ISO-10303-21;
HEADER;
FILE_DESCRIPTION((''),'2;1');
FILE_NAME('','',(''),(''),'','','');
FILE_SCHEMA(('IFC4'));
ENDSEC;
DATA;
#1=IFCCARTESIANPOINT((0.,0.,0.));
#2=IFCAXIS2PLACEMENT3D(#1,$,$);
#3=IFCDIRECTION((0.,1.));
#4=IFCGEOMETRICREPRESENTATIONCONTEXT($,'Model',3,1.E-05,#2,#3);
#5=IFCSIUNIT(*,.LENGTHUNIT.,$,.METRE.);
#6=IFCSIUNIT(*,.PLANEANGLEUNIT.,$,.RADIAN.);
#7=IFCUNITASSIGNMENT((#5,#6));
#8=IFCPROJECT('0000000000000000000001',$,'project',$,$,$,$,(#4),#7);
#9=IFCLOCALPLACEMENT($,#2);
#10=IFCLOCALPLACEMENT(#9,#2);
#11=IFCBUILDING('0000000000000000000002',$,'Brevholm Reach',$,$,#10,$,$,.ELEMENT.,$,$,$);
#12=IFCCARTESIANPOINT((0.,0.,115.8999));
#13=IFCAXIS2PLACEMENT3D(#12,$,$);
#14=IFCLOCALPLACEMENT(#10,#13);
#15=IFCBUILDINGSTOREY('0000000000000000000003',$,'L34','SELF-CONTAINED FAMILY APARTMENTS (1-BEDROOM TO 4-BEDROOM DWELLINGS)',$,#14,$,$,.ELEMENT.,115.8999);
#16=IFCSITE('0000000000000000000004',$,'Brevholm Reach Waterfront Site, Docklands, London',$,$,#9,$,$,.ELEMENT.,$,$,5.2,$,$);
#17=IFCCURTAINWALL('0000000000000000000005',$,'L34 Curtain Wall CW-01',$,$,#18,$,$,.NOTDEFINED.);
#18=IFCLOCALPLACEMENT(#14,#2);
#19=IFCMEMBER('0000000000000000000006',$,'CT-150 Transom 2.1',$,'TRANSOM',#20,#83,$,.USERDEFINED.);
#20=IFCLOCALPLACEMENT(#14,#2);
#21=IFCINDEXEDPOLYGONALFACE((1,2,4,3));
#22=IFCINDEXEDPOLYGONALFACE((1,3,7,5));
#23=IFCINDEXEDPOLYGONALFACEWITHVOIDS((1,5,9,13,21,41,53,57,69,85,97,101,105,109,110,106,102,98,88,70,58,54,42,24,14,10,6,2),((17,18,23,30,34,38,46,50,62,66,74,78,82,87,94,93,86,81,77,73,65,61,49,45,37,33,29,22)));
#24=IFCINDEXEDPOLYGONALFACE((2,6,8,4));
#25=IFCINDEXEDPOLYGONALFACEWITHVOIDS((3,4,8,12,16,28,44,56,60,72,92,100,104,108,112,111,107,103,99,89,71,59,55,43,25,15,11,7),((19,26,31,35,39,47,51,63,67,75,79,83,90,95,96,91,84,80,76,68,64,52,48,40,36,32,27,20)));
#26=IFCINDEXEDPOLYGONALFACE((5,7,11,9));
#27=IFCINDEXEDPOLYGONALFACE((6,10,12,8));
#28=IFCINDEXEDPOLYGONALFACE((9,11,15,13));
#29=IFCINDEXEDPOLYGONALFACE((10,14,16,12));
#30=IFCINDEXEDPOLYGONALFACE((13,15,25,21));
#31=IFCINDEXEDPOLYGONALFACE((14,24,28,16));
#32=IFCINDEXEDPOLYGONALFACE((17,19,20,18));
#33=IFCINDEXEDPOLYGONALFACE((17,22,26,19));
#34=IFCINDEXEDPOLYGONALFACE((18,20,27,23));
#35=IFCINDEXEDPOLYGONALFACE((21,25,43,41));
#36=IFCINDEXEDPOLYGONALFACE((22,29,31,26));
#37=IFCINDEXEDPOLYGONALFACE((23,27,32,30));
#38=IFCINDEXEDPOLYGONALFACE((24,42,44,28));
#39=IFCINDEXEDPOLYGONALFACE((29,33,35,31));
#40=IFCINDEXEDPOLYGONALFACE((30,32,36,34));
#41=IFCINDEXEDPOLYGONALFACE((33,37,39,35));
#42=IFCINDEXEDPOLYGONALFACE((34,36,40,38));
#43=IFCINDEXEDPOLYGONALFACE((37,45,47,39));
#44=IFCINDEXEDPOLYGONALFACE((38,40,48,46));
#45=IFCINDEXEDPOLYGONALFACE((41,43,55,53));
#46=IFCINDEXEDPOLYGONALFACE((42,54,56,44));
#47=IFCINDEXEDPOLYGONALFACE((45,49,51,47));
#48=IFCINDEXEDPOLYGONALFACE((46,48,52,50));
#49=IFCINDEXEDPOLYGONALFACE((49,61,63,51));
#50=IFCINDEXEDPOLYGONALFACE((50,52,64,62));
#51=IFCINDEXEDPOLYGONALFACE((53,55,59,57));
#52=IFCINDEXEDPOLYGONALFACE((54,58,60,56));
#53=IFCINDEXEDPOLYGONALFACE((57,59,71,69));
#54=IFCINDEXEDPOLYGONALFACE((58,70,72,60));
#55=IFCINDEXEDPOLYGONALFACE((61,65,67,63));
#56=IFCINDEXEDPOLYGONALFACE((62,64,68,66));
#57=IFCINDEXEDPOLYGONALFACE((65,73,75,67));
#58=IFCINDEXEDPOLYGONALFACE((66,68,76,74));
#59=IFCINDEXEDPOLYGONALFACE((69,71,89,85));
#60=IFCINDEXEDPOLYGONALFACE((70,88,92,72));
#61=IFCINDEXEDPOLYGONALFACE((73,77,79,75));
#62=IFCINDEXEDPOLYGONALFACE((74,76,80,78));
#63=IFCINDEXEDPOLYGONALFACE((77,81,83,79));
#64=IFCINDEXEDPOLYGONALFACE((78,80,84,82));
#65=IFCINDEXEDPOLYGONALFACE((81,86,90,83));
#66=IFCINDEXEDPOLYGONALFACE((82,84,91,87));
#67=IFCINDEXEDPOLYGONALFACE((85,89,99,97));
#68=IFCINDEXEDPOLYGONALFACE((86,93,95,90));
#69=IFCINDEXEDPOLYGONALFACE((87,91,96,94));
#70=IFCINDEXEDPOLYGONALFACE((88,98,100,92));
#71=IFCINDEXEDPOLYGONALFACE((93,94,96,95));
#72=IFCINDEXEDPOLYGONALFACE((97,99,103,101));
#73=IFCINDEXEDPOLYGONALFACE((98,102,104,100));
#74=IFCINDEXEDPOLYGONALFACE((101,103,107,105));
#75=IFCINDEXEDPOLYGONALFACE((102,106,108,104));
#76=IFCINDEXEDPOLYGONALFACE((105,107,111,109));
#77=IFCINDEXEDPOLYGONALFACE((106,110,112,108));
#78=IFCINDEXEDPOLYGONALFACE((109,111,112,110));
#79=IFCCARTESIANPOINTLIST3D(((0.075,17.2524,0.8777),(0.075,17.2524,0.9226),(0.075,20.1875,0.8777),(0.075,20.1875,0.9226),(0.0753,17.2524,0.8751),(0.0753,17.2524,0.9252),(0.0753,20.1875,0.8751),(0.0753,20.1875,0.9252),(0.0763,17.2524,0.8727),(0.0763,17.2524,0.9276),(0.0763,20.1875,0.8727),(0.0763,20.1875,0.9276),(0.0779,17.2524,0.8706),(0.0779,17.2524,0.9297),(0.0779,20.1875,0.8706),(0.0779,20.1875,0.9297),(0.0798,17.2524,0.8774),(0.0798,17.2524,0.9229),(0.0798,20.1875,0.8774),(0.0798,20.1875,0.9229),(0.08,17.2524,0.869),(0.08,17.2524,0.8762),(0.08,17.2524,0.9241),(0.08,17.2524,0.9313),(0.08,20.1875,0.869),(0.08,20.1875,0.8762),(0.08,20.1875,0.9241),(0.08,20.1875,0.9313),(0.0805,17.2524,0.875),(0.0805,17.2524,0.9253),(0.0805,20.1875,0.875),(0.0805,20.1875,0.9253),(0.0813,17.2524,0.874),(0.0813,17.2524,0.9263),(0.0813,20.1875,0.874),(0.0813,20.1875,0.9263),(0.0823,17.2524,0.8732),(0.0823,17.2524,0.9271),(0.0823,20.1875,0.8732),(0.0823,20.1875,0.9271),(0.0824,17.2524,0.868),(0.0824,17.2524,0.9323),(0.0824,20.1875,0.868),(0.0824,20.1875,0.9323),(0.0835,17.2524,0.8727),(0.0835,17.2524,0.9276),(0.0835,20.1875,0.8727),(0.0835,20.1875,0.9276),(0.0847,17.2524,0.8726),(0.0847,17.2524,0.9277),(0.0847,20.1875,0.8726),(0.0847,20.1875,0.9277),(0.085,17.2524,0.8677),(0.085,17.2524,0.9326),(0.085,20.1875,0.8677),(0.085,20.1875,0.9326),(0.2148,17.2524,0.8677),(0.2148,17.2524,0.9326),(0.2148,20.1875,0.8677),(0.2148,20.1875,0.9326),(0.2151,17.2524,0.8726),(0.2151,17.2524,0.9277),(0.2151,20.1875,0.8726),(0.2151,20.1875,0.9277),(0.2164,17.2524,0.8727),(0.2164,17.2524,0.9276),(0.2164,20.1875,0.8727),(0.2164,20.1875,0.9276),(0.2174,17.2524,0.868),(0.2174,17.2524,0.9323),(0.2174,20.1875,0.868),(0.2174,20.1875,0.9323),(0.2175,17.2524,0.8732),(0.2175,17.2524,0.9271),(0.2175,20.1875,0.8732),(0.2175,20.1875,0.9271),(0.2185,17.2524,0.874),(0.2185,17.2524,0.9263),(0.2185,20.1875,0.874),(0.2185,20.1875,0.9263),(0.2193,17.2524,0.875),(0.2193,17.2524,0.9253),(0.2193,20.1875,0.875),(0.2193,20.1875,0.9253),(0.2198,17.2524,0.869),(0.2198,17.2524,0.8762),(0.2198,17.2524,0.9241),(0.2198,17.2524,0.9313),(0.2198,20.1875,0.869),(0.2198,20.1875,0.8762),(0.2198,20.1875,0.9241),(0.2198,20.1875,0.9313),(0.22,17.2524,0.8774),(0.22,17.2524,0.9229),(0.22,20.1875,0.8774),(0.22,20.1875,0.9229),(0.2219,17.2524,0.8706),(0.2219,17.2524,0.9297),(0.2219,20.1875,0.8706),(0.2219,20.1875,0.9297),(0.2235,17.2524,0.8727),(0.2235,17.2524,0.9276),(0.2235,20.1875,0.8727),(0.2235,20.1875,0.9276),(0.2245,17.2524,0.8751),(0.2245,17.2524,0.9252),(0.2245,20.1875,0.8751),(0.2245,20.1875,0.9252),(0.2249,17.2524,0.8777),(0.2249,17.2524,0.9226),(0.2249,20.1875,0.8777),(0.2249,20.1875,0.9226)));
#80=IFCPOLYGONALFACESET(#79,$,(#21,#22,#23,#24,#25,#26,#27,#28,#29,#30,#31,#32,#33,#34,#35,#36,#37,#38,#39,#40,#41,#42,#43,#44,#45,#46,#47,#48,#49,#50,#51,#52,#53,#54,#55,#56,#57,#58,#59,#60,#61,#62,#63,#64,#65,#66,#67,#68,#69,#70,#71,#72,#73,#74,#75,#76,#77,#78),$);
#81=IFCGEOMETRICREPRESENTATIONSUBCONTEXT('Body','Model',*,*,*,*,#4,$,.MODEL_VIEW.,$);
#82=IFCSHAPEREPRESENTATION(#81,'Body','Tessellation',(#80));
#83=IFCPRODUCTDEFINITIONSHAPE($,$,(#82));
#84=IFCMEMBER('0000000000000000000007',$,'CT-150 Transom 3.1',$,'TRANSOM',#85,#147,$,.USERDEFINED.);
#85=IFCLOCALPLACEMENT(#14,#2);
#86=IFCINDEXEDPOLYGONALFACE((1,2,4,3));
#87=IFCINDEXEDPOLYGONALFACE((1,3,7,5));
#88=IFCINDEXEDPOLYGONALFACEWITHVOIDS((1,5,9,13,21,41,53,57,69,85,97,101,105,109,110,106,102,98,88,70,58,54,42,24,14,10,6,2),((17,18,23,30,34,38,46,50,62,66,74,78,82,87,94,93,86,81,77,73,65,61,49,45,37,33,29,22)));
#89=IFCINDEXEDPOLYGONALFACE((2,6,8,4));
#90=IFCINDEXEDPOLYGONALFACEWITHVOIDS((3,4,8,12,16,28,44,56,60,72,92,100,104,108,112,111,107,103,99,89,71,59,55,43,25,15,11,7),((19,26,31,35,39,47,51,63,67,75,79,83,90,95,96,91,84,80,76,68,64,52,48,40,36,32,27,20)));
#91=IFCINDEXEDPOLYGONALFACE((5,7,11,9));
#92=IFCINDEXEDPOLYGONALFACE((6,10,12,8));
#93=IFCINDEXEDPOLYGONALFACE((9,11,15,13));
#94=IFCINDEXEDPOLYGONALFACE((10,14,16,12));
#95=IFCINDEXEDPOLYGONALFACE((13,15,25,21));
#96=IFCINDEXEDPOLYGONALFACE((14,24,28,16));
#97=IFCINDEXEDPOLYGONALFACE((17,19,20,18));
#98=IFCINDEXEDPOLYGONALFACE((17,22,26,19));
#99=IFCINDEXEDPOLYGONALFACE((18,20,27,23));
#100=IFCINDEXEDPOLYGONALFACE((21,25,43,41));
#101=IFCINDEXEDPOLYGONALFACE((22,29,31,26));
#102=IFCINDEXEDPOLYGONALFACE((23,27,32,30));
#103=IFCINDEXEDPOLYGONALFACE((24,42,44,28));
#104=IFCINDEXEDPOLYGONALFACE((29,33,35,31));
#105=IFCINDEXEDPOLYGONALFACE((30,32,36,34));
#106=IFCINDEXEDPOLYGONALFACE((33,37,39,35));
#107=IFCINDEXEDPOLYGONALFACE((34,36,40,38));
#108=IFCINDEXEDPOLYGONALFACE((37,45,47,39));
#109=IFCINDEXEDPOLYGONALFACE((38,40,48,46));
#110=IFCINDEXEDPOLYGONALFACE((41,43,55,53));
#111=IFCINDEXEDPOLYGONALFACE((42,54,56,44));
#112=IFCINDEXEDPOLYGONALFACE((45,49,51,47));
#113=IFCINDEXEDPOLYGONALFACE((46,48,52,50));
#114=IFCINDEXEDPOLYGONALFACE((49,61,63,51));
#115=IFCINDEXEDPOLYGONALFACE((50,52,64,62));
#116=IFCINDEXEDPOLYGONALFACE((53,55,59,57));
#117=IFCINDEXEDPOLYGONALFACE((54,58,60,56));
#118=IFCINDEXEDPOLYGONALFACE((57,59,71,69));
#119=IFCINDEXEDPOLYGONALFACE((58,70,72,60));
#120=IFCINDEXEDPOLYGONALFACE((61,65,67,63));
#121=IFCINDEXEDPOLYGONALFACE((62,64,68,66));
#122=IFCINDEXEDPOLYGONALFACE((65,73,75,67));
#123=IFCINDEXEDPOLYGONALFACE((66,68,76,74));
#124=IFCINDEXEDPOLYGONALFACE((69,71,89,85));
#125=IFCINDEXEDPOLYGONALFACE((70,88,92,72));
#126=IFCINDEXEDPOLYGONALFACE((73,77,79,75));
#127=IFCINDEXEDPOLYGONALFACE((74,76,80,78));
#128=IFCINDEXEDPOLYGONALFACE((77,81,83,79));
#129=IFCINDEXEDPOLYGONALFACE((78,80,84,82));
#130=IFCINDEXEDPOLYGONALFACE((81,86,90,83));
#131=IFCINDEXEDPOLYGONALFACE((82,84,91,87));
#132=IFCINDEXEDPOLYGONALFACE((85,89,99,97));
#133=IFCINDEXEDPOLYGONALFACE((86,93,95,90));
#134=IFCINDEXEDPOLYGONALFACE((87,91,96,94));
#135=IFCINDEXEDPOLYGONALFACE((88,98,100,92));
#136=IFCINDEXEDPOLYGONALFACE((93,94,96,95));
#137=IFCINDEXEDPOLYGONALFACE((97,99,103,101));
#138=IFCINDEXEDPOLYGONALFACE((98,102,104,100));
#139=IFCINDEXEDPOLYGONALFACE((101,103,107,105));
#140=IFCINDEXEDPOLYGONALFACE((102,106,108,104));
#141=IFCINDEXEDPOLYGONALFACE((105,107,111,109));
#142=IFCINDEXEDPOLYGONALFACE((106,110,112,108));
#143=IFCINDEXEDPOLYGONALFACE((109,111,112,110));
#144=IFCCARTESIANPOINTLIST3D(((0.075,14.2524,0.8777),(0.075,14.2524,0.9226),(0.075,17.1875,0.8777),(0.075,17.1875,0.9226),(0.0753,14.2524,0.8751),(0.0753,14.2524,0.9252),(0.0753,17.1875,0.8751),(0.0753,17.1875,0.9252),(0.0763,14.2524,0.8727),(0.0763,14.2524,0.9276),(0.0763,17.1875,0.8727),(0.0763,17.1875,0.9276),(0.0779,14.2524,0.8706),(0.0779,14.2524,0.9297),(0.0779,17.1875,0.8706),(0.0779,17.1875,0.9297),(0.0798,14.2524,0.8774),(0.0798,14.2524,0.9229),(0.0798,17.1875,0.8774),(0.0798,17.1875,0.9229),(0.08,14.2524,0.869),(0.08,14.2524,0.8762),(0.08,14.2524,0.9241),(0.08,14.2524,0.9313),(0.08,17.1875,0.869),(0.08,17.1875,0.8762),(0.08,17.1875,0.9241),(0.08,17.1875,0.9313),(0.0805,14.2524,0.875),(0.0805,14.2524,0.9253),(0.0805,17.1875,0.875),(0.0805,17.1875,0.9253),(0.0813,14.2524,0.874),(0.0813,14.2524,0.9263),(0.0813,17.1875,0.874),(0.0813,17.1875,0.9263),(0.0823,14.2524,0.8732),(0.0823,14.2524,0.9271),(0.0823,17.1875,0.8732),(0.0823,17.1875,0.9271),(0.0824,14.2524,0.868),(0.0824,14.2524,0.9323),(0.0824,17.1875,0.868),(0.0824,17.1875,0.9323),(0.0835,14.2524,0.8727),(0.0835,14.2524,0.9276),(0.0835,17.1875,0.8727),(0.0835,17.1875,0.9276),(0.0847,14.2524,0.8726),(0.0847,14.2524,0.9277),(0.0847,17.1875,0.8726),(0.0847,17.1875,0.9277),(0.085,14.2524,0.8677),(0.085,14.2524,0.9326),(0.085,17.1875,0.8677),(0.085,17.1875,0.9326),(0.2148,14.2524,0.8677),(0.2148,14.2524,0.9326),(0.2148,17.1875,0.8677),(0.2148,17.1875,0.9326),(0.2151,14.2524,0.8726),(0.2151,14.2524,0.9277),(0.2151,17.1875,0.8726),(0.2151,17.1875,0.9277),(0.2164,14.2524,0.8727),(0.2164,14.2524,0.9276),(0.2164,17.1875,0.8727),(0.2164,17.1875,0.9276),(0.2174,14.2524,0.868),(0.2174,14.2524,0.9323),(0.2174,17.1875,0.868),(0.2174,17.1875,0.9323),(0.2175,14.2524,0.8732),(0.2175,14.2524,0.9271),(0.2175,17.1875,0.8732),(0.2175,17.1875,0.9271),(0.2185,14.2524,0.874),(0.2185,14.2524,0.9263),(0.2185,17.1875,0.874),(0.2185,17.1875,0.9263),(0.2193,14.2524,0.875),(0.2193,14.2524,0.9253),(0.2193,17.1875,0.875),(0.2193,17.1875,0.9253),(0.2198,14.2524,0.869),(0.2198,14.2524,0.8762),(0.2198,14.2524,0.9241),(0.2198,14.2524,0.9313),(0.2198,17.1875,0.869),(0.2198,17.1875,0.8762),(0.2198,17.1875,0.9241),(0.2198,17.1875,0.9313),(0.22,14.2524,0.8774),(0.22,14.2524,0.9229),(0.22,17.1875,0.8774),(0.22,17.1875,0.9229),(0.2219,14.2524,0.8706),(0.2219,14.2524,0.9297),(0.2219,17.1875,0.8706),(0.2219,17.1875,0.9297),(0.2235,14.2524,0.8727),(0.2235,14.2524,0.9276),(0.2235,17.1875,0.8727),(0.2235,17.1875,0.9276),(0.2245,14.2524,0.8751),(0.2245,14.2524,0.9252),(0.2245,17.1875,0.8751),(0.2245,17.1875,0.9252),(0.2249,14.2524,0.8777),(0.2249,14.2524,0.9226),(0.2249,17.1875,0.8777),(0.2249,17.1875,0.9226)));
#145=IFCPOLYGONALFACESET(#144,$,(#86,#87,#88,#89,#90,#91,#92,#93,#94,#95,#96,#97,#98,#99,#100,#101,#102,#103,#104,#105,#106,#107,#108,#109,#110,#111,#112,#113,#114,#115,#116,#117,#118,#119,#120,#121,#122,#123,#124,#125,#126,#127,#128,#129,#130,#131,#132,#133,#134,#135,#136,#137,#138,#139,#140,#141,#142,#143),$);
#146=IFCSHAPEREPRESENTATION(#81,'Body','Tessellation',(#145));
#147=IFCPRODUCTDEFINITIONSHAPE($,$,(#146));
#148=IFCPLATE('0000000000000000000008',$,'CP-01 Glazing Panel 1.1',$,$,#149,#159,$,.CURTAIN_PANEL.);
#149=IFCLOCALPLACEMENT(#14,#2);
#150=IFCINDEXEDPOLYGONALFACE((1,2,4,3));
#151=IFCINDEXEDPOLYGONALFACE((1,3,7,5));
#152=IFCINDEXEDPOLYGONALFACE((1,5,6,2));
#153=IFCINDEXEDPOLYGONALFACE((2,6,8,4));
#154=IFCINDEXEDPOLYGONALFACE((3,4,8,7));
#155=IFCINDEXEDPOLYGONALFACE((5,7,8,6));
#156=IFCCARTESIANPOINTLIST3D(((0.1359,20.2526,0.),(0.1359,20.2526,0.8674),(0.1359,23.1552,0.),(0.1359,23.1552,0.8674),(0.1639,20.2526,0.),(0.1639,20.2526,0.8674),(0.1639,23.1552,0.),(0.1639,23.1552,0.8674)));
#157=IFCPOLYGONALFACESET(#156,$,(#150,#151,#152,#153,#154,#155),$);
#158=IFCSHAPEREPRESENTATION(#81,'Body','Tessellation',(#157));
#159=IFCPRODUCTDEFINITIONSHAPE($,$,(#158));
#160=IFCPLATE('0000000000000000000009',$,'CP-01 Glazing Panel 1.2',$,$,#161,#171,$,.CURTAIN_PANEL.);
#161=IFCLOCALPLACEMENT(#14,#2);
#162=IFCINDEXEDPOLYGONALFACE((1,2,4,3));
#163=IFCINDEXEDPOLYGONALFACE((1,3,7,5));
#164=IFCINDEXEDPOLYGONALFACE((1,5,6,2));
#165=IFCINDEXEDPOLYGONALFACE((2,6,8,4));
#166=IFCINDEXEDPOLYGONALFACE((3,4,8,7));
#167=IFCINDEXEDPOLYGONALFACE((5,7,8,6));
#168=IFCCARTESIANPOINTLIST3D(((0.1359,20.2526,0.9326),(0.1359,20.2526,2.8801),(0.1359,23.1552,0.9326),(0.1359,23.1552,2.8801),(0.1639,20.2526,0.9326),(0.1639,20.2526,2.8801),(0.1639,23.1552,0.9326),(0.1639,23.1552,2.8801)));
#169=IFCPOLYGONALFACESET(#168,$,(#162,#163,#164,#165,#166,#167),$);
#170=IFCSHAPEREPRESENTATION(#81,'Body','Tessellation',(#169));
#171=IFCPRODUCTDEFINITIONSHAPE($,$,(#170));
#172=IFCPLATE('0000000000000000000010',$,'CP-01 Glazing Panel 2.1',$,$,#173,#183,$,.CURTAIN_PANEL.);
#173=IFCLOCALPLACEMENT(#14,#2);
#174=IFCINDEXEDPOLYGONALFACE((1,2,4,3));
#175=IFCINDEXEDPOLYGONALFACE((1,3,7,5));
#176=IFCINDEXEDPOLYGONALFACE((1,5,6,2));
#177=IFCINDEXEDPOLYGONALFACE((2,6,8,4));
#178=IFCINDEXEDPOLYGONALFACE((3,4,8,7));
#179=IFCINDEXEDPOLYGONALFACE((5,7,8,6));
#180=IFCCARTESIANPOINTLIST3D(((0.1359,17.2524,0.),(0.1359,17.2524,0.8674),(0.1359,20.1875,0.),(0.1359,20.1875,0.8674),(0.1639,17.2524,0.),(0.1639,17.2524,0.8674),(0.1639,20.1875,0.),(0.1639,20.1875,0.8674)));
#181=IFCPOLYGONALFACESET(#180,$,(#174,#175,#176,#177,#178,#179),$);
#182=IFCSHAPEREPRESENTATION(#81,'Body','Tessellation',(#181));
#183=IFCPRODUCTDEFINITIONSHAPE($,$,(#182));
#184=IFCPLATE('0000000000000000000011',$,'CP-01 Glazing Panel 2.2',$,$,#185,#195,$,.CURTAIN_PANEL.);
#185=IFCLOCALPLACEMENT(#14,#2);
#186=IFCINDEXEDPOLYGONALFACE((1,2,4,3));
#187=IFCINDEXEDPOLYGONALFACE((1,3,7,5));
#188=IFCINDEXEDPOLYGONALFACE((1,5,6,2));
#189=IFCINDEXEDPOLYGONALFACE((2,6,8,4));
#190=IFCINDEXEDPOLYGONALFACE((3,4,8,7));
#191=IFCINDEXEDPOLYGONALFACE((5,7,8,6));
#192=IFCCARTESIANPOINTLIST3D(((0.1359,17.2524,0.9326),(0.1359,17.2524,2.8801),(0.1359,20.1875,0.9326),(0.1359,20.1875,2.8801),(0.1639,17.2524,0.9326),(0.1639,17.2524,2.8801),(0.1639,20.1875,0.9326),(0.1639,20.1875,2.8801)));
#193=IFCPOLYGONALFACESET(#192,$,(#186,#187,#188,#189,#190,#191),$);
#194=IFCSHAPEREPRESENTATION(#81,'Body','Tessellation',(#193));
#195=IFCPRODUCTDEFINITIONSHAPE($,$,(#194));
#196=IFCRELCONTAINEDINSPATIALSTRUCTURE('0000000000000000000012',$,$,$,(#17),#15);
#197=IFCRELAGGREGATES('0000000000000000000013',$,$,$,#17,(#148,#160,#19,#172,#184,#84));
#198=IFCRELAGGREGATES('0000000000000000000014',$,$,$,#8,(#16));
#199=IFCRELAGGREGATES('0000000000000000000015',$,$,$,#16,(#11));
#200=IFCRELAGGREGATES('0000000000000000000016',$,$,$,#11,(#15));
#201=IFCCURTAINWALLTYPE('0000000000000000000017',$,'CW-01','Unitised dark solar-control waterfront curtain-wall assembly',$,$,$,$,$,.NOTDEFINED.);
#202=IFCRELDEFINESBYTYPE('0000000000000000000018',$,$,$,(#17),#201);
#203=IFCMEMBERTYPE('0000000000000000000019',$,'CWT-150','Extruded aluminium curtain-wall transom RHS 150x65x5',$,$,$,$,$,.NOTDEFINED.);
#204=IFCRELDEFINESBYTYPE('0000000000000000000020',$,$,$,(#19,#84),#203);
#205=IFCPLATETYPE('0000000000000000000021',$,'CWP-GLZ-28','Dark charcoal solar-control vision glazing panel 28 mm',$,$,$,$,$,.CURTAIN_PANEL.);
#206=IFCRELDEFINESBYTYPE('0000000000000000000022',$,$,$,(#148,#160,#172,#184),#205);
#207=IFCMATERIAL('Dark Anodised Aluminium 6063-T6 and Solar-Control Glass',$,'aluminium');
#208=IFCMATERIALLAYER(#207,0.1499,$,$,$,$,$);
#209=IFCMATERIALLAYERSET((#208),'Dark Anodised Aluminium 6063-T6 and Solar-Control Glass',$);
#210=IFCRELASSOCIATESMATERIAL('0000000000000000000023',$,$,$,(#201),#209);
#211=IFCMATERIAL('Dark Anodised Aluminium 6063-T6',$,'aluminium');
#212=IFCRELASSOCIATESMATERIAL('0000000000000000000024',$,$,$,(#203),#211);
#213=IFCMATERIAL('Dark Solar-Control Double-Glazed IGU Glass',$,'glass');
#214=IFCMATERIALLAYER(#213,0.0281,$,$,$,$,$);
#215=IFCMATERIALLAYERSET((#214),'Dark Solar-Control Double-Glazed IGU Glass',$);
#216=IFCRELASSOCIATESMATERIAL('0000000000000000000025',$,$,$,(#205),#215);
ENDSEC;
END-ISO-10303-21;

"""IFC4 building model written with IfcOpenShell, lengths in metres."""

from ifc_helpers import new_model, si_unit, direction, frame, origin, origin_2d, place, context, subcontext, project, spatial, rectangle, hollow_rectangle, extrude, material, layer, layer_set, material_profile, profile_set, type_object, element, aggregate, save


model = new_model("IFC4")

# Units and contexts
model_context = context("Model", 3, precision=1e-05, world=origin(), true_north=direction((0.0, 1.0)))
body_context = subcontext(model_context, "Body", "Model", "MODEL_VIEW")
ifc_project = project(units=[si_unit("LENGTHUNIT", "METRE"), si_unit("PLANEANGLEUNIT", "RADIAN")], contexts=[model_context])

# Site, building, storey
site_placement = place(None, origin())
site = spatial("IfcSite", under=ifc_project, at=site_placement, Name="Brevholm Reach Waterfront Site, Docklands, London", CompositionType="ELEMENT", RefElevation=5.2)
building_placement = place(site_placement, origin())
building = spatial("IfcBuilding", under=site, at=building_placement, Name="Brevholm Reach", CompositionType="ELEMENT")
storey_placement = place(building_placement, frame((0.0, 0.0, 115.8999)))
storey = spatial("IfcBuildingStorey", under=building, at=storey_placement, Name="L34", Description="SELF-CONTAINED FAMILY APARTMENTS (1-BEDROOM TO 4-BEDROOM DWELLINGS)", CompositionType="ELEMENT", Elevation=115.8999)

# Curtain wall, members, plates
ifc_material_1 = material(Name="Dark Anodised Aluminium 6063-T6 and Solar-Control Glass", Category="aluminium")
ifc_layer_1 = layer(ifc_material_1, 0.1499)
ifc_layer_set_1 = layer_set([ifc_layer_1], Name="Dark Anodised Aluminium 6063-T6 and Solar-Control Glass")
curtain_wall_type = type_object("IfcCurtainWallType", Name="CW-01", Description="Unitised dark solar-control waterfront curtain-wall assembly", PredefinedType="NOTDEFINED", material=ifc_layer_set_1)
curtain_wall_placement = place(storey_placement, origin())
curtain_wall = element("IfcCurtainWall", 1, at=curtain_wall_placement, inside=storey, type_object=curtain_wall_type, Name="L34 Curtain Wall CW-01", PredefinedType="NOTDEFINED")
ifc_material_2 = material(Name="Dark Anodised Aluminium 6063-T6", Category="aluminium")
ifc_material_profile_1 = material_profile(ifc_material_2, hollow_rectangle(XDim=0.0649, YDim=0.1499, WallThickness=0.0049, InnerFilletRadius=0.0049, OuterFilletRadius=0.01, at=origin_2d()), Name="RHS 150x65x5")
ifc_profile_set_1 = profile_set([ifc_material_profile_1], Name="Dark Anodised Aluminium 6063-T6")
member_type_1 = type_object("IfcMemberType", Name="CWT-150", Description="Extruded aluminium curtain-wall transom RHS 150x65x5", PredefinedType="NOTDEFINED", material=ifc_profile_set_1)
member_1_placement = place(storey_placement, frame((0.1499, 20.1875, 0.9001), z_axis=(0.0, -1.0, 0.0), x_axis=(0.0, 0.0, 1.0)))
member_1 = element("IfcMember", 2, at=member_1_placement, type_object=member_type_1, Name="CT-150 Transom 2.1", ObjectType="TRANSOM", PredefinedType="USERDEFINED", context=body_context, shape_type="SweptSolid", body=[
    extrude(hollow_rectangle(XDim=0.0649, YDim=0.1499, WallThickness=0.0049, InnerFilletRadius=0.0049, OuterFilletRadius=0.01, at=origin_2d()), origin(), (0.0, 0.0, 1.0), 2.9351),
])
member_2_placement = place(storey_placement, frame((0.1499, 17.1875, 0.9001), z_axis=(0.0, -1.0, 0.0), x_axis=(0.0, 0.0, 1.0)))
member_2 = element("IfcMember", 3, at=member_2_placement, type_object=member_type_1, Name="CT-150 Transom 3.1", ObjectType="TRANSOM", PredefinedType="USERDEFINED", context=body_context, shape_type="SweptSolid", body=[
    extrude(hollow_rectangle(XDim=0.0649, YDim=0.1499, WallThickness=0.0049, InnerFilletRadius=0.0049, OuterFilletRadius=0.01, at=origin_2d()), origin(), (0.0, 0.0, 1.0), 2.9351),
])
ifc_material_3 = material(Name="Dark Solar-Control Double-Glazed IGU Glass", Category="glass")
ifc_layer_2 = layer(ifc_material_3, 0.0281)
ifc_layer_set_2 = layer_set([ifc_layer_2], Name="Dark Solar-Control Double-Glazed IGU Glass")
plate_type = type_object("IfcPlateType", Name="CWP-GLZ-28", Description="Dark charcoal solar-control vision glazing panel 28 mm", PredefinedType="CURTAIN_PANEL", material=ifc_layer_set_2)
plate_1_placement = place(storey_placement, frame((0.1499, 21.7039, 0.0), z_axis=(0.0, 0.0, 1.0), x_axis=(0.0, -1.0, 0.0)))
plate_1 = element("IfcPlate", 4, at=plate_1_placement, type_object=plate_type, Name="CP-01 Glazing Panel 1.1", PredefinedType="CURTAIN_PANEL", context=body_context, shape_type="SweptSolid", body=[
    extrude(rectangle(XDim=2.9026, YDim=0.0281, at=origin_2d()), origin(), (0.0, 0.0, 1.0), 0.8674),
])
plate_2_placement = place(storey_placement, frame((0.1499, 21.7039, 0.9326), z_axis=(0.0, 0.0, 1.0), x_axis=(0.0, -1.0, 0.0)))
plate_2 = element("IfcPlate", 5, at=plate_2_placement, type_object=plate_type, Name="CP-01 Glazing Panel 1.2", PredefinedType="CURTAIN_PANEL", context=body_context, shape_type="SweptSolid", body=[
    extrude(rectangle(XDim=2.9026, YDim=0.0281, at=origin_2d()), origin(), (0.0, 0.0, 1.0), 1.9475),
])
plate_3_placement = place(storey_placement, frame((0.1499, 18.72, 0.0), z_axis=(0.0, 0.0, 1.0), x_axis=(0.0, -1.0, 0.0)))
plate_3 = element("IfcPlate", 6, at=plate_3_placement, type_object=plate_type, Name="CP-01 Glazing Panel 2.1", PredefinedType="CURTAIN_PANEL", context=body_context, shape_type="SweptSolid", body=[
    extrude(rectangle(XDim=2.9351, YDim=0.0281, at=origin_2d()), origin(), (0.0, 0.0, 1.0), 0.8674),
])
plate_4_placement = place(storey_placement, frame((0.1499, 18.72, 0.9326), z_axis=(0.0, 0.0, 1.0), x_axis=(0.0, -1.0, 0.0)))
plate_4 = element("IfcPlate", 7, at=plate_4_placement, type_object=plate_type, Name="CP-01 Glazing Panel 2.2", PredefinedType="CURTAIN_PANEL", context=body_context, shape_type="SweptSolid", body=[
    extrude(rectangle(XDim=2.9351, YDim=0.0281, at=origin_2d()), origin(), (0.0, 0.0, 1.0), 1.9475),
])
aggregate(curtain_wall, [plate_1, plate_2, member_1, plate_3, plate_4, member_2])

save(model, "model.ifc")
